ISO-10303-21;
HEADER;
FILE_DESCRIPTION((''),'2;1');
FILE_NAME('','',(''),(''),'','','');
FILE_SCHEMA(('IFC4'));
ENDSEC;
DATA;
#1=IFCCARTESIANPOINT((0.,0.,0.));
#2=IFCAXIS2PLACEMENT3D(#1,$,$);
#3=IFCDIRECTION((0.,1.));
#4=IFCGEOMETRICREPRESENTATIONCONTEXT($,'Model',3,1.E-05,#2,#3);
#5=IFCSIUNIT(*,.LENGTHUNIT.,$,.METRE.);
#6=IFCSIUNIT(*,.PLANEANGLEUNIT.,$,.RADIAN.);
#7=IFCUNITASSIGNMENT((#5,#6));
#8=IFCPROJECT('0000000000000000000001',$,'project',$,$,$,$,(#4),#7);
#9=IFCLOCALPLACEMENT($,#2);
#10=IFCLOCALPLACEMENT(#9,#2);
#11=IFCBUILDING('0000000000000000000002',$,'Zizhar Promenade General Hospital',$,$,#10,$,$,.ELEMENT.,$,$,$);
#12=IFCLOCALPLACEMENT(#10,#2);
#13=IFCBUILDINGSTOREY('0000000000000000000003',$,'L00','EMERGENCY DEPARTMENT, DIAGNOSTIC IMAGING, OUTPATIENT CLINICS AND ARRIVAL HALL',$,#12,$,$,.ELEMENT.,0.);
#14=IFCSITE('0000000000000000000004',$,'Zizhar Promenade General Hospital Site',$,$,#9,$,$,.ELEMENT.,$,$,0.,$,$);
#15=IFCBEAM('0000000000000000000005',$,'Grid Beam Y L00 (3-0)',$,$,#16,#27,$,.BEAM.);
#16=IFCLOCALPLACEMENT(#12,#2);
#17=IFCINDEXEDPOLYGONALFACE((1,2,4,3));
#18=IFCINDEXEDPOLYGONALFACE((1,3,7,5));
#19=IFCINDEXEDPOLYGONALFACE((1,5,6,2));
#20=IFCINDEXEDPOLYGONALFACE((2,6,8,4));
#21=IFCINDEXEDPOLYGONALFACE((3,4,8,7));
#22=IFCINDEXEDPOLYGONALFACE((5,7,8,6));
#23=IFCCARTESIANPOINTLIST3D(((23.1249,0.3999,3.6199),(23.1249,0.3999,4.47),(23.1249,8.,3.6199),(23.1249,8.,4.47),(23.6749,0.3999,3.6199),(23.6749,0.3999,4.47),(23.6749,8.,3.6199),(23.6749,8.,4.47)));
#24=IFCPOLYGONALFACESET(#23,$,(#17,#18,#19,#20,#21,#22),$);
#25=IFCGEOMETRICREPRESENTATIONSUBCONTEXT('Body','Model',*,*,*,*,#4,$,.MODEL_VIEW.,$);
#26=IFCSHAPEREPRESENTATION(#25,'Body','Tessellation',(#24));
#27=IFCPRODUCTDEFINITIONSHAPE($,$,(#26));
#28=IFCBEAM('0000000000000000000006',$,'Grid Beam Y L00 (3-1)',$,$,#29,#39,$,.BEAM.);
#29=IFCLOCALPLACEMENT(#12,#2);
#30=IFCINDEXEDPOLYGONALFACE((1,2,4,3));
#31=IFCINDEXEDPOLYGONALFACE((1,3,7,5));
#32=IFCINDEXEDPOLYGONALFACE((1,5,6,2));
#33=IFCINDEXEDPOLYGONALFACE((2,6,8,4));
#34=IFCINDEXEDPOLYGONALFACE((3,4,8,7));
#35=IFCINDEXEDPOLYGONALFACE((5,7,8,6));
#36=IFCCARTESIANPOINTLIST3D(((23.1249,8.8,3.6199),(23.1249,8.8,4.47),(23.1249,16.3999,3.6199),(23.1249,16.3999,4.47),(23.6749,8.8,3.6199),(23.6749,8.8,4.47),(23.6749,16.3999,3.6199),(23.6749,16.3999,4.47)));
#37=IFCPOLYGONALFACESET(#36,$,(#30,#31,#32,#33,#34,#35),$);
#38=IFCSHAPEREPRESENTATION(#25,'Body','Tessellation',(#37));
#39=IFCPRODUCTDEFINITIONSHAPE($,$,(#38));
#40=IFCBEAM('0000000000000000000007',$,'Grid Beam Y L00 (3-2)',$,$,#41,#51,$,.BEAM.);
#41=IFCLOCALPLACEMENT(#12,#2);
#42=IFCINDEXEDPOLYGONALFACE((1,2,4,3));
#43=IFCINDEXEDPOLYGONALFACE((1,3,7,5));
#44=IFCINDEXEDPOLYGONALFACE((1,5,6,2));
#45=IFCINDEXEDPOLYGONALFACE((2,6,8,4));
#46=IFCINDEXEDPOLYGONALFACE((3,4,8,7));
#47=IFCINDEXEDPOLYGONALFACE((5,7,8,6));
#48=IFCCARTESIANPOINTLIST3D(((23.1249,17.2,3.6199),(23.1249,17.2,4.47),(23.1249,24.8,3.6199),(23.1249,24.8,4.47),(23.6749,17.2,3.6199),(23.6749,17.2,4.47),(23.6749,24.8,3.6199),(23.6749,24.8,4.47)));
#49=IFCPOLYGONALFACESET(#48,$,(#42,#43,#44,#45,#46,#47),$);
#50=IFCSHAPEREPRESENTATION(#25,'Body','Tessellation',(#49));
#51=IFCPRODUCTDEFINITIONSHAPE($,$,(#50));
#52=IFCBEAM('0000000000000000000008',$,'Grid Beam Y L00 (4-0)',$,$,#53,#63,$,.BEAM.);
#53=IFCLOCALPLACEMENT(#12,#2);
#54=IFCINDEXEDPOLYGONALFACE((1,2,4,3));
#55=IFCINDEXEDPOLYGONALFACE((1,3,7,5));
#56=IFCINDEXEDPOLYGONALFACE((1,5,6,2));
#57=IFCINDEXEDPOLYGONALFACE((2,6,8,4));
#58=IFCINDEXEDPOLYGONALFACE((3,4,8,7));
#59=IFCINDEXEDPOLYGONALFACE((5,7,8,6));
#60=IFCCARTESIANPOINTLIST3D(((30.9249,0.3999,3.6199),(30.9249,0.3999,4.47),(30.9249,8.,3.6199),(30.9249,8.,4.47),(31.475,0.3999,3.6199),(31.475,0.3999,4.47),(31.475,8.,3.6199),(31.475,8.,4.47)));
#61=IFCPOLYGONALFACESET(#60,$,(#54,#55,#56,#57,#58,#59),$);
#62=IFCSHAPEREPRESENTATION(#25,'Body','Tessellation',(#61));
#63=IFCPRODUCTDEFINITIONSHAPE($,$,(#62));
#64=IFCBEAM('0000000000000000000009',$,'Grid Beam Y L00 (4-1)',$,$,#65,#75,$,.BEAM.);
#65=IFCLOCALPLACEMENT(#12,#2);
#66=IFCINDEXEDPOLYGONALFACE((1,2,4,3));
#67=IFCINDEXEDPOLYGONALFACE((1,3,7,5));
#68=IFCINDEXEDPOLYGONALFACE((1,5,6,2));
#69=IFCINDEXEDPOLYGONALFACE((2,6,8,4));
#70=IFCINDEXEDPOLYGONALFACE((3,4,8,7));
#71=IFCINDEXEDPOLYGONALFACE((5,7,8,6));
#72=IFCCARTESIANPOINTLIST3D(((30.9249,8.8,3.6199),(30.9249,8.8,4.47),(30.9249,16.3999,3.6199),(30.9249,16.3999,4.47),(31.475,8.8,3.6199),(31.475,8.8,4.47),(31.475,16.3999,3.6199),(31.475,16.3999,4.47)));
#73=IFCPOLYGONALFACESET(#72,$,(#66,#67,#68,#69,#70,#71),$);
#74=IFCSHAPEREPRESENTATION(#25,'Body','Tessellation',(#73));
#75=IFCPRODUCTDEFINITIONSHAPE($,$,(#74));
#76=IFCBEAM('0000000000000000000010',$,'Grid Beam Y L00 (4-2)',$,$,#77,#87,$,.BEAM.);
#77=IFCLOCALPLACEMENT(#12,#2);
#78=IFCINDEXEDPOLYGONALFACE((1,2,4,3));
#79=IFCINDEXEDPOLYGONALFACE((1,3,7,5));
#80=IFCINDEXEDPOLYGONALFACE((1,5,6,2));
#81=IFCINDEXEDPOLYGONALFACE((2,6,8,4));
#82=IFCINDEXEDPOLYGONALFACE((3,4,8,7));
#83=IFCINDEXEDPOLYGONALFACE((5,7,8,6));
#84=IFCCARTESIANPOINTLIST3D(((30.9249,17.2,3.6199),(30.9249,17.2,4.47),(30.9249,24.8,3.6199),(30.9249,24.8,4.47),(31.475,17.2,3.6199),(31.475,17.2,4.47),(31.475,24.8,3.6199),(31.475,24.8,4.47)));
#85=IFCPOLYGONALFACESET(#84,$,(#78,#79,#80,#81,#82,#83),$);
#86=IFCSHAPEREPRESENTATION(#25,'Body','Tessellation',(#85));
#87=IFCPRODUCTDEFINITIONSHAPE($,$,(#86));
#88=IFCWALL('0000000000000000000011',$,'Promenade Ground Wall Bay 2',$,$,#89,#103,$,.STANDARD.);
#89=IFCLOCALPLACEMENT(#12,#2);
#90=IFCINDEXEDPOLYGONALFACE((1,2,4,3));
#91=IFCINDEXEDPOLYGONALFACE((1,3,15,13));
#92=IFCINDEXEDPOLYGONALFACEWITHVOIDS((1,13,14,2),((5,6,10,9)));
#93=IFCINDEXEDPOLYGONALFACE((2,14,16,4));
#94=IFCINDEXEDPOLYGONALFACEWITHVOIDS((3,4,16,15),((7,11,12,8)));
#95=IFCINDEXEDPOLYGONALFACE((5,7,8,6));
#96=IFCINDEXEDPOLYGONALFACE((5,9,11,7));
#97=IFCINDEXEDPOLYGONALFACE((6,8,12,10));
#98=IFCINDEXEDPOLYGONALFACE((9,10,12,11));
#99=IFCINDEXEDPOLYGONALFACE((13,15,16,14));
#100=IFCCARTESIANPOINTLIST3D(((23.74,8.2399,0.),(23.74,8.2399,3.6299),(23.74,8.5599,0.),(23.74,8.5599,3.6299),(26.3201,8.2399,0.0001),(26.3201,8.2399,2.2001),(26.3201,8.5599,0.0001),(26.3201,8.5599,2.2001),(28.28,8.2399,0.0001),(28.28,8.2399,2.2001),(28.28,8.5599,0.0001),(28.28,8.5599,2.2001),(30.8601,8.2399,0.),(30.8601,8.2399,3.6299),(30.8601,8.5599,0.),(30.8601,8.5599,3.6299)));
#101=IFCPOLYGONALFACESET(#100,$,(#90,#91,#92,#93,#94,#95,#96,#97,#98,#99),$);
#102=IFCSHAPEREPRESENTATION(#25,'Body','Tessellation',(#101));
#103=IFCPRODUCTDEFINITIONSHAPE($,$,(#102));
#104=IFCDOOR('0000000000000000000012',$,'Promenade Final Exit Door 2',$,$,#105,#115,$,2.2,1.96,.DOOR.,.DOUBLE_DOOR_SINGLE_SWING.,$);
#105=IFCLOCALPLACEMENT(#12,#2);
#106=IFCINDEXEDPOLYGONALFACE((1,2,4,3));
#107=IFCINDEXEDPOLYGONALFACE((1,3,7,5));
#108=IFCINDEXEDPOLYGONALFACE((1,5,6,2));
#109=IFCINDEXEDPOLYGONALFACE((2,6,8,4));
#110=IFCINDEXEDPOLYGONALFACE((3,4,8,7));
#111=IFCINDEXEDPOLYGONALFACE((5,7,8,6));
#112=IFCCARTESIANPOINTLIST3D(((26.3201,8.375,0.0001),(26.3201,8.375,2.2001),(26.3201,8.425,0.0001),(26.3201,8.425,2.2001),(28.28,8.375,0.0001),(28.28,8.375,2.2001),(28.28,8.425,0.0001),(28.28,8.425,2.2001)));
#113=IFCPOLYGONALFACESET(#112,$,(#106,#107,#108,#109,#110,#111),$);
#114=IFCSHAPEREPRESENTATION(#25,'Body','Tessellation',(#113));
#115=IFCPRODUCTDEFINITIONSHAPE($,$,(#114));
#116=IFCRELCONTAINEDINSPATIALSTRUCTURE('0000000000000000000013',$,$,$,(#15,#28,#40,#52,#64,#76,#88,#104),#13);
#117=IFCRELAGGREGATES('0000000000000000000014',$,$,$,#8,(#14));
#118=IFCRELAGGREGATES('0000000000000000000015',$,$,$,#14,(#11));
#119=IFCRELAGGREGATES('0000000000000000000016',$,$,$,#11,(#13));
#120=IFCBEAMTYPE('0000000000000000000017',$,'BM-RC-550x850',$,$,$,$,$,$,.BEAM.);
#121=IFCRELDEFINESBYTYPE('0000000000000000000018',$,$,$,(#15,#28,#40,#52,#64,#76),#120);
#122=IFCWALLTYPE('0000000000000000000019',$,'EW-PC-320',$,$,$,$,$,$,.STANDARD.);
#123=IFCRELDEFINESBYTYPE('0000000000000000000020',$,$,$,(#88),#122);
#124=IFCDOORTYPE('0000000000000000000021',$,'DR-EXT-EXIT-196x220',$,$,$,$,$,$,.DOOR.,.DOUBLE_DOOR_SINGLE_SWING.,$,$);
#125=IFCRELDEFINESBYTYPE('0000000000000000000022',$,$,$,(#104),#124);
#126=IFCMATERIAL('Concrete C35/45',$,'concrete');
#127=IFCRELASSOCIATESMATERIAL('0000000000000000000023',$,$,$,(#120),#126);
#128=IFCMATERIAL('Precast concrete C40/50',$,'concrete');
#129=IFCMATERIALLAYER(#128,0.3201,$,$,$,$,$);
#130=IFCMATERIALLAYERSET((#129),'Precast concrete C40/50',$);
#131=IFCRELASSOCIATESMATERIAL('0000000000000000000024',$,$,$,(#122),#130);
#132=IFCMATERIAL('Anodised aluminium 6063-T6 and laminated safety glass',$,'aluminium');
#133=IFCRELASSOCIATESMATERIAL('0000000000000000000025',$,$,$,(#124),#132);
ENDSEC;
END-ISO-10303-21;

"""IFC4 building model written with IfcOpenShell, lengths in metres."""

from ifc_helpers import new_model, si_unit, direction, frame, frame_2d, origin, origin_2d, place, context, subcontext, project, spatial, rectangle, extrude, material, layer, layer_set, material_profile, profile_set, type_object, element, fill, save


model = new_model("IFC4")

# Units and contexts
model_context = context("Model", 3, precision=1e-05, world=origin(), true_north=direction((0.0, 1.0)))
body_context = subcontext(model_context, "Body", "Model", "MODEL_VIEW")
ifc_project = project(units=[si_unit("LENGTHUNIT", "METRE"), si_unit("PLANEANGLEUNIT", "RADIAN")], contexts=[model_context])

# Site, building, storey
site_placement = place(None, origin())
site = spatial("IfcSite", under=ifc_project, at=site_placement, Name="Zizhar Promenade General Hospital Site", CompositionType="ELEMENT", RefElevation=0.0)
building_placement = place(site_placement, origin())
building = spatial("IfcBuilding", under=site, at=building_placement, Name="Zizhar Promenade General Hospital", CompositionType="ELEMENT")
storey_placement = place(building_placement, origin())
storey = spatial("IfcBuildingStorey", under=building, at=storey_placement, Name="L00", Description="EMERGENCY DEPARTMENT, DIAGNOSTIC IMAGING, OUTPATIENT CLINICS AND ARRIVAL HALL", CompositionType="ELEMENT", Elevation=0.0)

# Beams
ifc_material_1 = material(Name="Concrete C35/45", Category="concrete")
ifc_material_profile_1 = material_profile(ifc_material_1, rectangle(XDim=0.55, YDim=0.8501, at=origin_2d()))
ifc_profile_set_1 = profile_set([ifc_material_profile_1], Name="Concrete C35/45")
beam_type_1 = type_object("IfcBeamType", Name="BM-RC-550x850", PredefinedType="BEAM", material=ifc_profile_set_1)
beam_1_placement = place(storey_placement, frame((23.3999, 0.3999, 4.0449), z_axis=(0.0, 1.0, 0.0), x_axis=(-1.0, 0.0, 0.0)))
element("IfcBeam", 1, at=beam_1_placement, inside=storey, type_object=beam_type_1, Name="Grid Beam Y L00 (3-0)", PredefinedType="BEAM", context=body_context, shape_type="SweptSolid", body=[
    extrude(rectangle(XDim=0.55, YDim=0.8501, at=origin_2d()), origin(), (0.0, 0.0, 1.0), 7.6001),
])
beam_2_placement = place(storey_placement, frame((23.3999, 8.8, 4.0449), z_axis=(0.0, 1.0, 0.0), x_axis=(-1.0, 0.0, 0.0)))
element("IfcBeam", 2, at=beam_2_placement, inside=storey, type_object=beam_type_1, Name="Grid Beam Y L00 (3-1)", PredefinedType="BEAM", context=body_context, shape_type="SweptSolid", body=[
    extrude(rectangle(XDim=0.55, YDim=0.8501, at=origin_2d()), origin(), (0.0, 0.0, 1.0), 7.5999),
])
for number, where, z_axis, x_axis, name in (
    (3, (23.3999, 17.2, 4.0449), (0.0, 1.0, 0.0), (-1.0, 0.0, 0.0), "Grid Beam Y L00 (3-2)"),
    (4, (31.2, 0.3999, 4.0449), (0.0, 1.0, 0.0), (-1.0, 0.0, 0.0), "Grid Beam Y L00 (4-0)"),
):
    element("IfcBeam", number, at=place(storey_placement, frame(where, z_axis=z_axis, x_axis=x_axis)), inside=storey, type_object=beam_type_1, Name=name, PredefinedType="BEAM", context=body_context, shape_type="SweptSolid", body=[
        extrude(rectangle(XDim=0.55, YDim=0.8501, at=origin_2d()), origin(), (0.0, 0.0, 1.0), 7.6001),
    ])
beam_3_placement = place(storey_placement, frame((31.2, 8.8, 4.0449), z_axis=(0.0, 1.0, 0.0), x_axis=(-1.0, 0.0, 0.0)))
element("IfcBeam", 5, at=beam_3_placement, inside=storey, type_object=beam_type_1, Name="Grid Beam Y L00 (4-1)", PredefinedType="BEAM", context=body_context, shape_type="SweptSolid", body=[
    extrude(rectangle(XDim=0.55, YDim=0.8501, at=origin_2d()), origin(), (0.0, 0.0, 1.0), 7.5999),
])
beam_4_placement = place(storey_placement, frame((31.2, 17.2, 4.0449), z_axis=(0.0, 1.0, 0.0), x_axis=(-1.0, 0.0, 0.0)))
element("IfcBeam", 6, at=beam_4_placement, inside=storey, type_object=beam_type_1, Name="Grid Beam Y L00 (4-2)", PredefinedType="BEAM", context=body_context, shape_type="SweptSolid", body=[
    extrude(rectangle(XDim=0.55, YDim=0.8501, at=origin_2d()), origin(), (0.0, 0.0, 1.0), 7.6001),
])

# Wall, opening, door
ifc_material_2 = material(Name="Precast concrete C40/50", Category="concrete")
ifc_layer = layer(ifc_material_2, 0.3201)
ifc_layer_set = layer_set([ifc_layer], Name="Precast concrete C40/50")
wall_type = type_object("IfcWallType", Name="EW-PC-320", PredefinedType="STANDARD", material=ifc_layer_set)
wall_placement = place(storey_placement, frame((30.8601, 8.3999, 0.0), z_axis=(0.0, 0.0, 1.0), x_axis=(-1.0, 0.0, 0.0)))
wall = element("IfcWall", 7, at=wall_placement, inside=storey, type_object=wall_type, Name="Promenade Ground Wall Bay 2", PredefinedType="STANDARD", context=body_context, shape_type="SweptSolid", body=[
    extrude(rectangle(XDim=7.1201, YDim=0.3201, at=frame_2d((3.5601, 0.0))), origin(), (0.0, 0.0, 1.0), 3.6299),
])
opening_placement = place(wall_placement, frame((2.5801, 0.0, 0.0)))
opening = element("IfcOpeningElement", 8, at=opening_placement, cuts=wall, PredefinedType="OPENING", context=body_context, shape_type="SweptSolid", body=[
    extrude(rectangle(XDim=1.96, YDim=2.2, at=frame_2d((0.98, 1.1001))), frame((0.0, 0.1699, 0.0), z_axis=(0.0, -1.0, 0.0), x_axis=(1.0, 0.0, 0.0)), (0.0, 0.0, 1.0), 0.3401),
])
ifc_material_3 = material(Name="Anodised aluminium 6063-T6 and laminated safety glass", Category="aluminium")
door_type = type_object("IfcDoorType", Name="DR-EXT-EXIT-196x220", OperationType="DOUBLE_DOOR_SINGLE_SWING", PredefinedType="DOOR", material=ifc_material_3)
door_placement = place(opening_placement, origin())
door = element("IfcDoor", 9, at=door_placement, inside=storey, type_object=door_type, Name="Promenade Final Exit Door 2", OperationType="DOUBLE_DOOR_SINGLE_SWING", OverallHeight=2.2, OverallWidth=1.96, PredefinedType="DOOR", context=body_context, shape_type="SweptSolid", body=[
    extrude(rectangle(XDim=1.96, YDim=2.2, at=frame_2d((0.98, 1.1001))), frame((0.0, 0.0249, 0.0), z_axis=(0.0, -1.0, 0.0), x_axis=(1.0, 0.0, 0.0)), (0.0, 0.0, 1.0), 0.05),
])
fill(opening, door)

save(model, "model.ifc")
